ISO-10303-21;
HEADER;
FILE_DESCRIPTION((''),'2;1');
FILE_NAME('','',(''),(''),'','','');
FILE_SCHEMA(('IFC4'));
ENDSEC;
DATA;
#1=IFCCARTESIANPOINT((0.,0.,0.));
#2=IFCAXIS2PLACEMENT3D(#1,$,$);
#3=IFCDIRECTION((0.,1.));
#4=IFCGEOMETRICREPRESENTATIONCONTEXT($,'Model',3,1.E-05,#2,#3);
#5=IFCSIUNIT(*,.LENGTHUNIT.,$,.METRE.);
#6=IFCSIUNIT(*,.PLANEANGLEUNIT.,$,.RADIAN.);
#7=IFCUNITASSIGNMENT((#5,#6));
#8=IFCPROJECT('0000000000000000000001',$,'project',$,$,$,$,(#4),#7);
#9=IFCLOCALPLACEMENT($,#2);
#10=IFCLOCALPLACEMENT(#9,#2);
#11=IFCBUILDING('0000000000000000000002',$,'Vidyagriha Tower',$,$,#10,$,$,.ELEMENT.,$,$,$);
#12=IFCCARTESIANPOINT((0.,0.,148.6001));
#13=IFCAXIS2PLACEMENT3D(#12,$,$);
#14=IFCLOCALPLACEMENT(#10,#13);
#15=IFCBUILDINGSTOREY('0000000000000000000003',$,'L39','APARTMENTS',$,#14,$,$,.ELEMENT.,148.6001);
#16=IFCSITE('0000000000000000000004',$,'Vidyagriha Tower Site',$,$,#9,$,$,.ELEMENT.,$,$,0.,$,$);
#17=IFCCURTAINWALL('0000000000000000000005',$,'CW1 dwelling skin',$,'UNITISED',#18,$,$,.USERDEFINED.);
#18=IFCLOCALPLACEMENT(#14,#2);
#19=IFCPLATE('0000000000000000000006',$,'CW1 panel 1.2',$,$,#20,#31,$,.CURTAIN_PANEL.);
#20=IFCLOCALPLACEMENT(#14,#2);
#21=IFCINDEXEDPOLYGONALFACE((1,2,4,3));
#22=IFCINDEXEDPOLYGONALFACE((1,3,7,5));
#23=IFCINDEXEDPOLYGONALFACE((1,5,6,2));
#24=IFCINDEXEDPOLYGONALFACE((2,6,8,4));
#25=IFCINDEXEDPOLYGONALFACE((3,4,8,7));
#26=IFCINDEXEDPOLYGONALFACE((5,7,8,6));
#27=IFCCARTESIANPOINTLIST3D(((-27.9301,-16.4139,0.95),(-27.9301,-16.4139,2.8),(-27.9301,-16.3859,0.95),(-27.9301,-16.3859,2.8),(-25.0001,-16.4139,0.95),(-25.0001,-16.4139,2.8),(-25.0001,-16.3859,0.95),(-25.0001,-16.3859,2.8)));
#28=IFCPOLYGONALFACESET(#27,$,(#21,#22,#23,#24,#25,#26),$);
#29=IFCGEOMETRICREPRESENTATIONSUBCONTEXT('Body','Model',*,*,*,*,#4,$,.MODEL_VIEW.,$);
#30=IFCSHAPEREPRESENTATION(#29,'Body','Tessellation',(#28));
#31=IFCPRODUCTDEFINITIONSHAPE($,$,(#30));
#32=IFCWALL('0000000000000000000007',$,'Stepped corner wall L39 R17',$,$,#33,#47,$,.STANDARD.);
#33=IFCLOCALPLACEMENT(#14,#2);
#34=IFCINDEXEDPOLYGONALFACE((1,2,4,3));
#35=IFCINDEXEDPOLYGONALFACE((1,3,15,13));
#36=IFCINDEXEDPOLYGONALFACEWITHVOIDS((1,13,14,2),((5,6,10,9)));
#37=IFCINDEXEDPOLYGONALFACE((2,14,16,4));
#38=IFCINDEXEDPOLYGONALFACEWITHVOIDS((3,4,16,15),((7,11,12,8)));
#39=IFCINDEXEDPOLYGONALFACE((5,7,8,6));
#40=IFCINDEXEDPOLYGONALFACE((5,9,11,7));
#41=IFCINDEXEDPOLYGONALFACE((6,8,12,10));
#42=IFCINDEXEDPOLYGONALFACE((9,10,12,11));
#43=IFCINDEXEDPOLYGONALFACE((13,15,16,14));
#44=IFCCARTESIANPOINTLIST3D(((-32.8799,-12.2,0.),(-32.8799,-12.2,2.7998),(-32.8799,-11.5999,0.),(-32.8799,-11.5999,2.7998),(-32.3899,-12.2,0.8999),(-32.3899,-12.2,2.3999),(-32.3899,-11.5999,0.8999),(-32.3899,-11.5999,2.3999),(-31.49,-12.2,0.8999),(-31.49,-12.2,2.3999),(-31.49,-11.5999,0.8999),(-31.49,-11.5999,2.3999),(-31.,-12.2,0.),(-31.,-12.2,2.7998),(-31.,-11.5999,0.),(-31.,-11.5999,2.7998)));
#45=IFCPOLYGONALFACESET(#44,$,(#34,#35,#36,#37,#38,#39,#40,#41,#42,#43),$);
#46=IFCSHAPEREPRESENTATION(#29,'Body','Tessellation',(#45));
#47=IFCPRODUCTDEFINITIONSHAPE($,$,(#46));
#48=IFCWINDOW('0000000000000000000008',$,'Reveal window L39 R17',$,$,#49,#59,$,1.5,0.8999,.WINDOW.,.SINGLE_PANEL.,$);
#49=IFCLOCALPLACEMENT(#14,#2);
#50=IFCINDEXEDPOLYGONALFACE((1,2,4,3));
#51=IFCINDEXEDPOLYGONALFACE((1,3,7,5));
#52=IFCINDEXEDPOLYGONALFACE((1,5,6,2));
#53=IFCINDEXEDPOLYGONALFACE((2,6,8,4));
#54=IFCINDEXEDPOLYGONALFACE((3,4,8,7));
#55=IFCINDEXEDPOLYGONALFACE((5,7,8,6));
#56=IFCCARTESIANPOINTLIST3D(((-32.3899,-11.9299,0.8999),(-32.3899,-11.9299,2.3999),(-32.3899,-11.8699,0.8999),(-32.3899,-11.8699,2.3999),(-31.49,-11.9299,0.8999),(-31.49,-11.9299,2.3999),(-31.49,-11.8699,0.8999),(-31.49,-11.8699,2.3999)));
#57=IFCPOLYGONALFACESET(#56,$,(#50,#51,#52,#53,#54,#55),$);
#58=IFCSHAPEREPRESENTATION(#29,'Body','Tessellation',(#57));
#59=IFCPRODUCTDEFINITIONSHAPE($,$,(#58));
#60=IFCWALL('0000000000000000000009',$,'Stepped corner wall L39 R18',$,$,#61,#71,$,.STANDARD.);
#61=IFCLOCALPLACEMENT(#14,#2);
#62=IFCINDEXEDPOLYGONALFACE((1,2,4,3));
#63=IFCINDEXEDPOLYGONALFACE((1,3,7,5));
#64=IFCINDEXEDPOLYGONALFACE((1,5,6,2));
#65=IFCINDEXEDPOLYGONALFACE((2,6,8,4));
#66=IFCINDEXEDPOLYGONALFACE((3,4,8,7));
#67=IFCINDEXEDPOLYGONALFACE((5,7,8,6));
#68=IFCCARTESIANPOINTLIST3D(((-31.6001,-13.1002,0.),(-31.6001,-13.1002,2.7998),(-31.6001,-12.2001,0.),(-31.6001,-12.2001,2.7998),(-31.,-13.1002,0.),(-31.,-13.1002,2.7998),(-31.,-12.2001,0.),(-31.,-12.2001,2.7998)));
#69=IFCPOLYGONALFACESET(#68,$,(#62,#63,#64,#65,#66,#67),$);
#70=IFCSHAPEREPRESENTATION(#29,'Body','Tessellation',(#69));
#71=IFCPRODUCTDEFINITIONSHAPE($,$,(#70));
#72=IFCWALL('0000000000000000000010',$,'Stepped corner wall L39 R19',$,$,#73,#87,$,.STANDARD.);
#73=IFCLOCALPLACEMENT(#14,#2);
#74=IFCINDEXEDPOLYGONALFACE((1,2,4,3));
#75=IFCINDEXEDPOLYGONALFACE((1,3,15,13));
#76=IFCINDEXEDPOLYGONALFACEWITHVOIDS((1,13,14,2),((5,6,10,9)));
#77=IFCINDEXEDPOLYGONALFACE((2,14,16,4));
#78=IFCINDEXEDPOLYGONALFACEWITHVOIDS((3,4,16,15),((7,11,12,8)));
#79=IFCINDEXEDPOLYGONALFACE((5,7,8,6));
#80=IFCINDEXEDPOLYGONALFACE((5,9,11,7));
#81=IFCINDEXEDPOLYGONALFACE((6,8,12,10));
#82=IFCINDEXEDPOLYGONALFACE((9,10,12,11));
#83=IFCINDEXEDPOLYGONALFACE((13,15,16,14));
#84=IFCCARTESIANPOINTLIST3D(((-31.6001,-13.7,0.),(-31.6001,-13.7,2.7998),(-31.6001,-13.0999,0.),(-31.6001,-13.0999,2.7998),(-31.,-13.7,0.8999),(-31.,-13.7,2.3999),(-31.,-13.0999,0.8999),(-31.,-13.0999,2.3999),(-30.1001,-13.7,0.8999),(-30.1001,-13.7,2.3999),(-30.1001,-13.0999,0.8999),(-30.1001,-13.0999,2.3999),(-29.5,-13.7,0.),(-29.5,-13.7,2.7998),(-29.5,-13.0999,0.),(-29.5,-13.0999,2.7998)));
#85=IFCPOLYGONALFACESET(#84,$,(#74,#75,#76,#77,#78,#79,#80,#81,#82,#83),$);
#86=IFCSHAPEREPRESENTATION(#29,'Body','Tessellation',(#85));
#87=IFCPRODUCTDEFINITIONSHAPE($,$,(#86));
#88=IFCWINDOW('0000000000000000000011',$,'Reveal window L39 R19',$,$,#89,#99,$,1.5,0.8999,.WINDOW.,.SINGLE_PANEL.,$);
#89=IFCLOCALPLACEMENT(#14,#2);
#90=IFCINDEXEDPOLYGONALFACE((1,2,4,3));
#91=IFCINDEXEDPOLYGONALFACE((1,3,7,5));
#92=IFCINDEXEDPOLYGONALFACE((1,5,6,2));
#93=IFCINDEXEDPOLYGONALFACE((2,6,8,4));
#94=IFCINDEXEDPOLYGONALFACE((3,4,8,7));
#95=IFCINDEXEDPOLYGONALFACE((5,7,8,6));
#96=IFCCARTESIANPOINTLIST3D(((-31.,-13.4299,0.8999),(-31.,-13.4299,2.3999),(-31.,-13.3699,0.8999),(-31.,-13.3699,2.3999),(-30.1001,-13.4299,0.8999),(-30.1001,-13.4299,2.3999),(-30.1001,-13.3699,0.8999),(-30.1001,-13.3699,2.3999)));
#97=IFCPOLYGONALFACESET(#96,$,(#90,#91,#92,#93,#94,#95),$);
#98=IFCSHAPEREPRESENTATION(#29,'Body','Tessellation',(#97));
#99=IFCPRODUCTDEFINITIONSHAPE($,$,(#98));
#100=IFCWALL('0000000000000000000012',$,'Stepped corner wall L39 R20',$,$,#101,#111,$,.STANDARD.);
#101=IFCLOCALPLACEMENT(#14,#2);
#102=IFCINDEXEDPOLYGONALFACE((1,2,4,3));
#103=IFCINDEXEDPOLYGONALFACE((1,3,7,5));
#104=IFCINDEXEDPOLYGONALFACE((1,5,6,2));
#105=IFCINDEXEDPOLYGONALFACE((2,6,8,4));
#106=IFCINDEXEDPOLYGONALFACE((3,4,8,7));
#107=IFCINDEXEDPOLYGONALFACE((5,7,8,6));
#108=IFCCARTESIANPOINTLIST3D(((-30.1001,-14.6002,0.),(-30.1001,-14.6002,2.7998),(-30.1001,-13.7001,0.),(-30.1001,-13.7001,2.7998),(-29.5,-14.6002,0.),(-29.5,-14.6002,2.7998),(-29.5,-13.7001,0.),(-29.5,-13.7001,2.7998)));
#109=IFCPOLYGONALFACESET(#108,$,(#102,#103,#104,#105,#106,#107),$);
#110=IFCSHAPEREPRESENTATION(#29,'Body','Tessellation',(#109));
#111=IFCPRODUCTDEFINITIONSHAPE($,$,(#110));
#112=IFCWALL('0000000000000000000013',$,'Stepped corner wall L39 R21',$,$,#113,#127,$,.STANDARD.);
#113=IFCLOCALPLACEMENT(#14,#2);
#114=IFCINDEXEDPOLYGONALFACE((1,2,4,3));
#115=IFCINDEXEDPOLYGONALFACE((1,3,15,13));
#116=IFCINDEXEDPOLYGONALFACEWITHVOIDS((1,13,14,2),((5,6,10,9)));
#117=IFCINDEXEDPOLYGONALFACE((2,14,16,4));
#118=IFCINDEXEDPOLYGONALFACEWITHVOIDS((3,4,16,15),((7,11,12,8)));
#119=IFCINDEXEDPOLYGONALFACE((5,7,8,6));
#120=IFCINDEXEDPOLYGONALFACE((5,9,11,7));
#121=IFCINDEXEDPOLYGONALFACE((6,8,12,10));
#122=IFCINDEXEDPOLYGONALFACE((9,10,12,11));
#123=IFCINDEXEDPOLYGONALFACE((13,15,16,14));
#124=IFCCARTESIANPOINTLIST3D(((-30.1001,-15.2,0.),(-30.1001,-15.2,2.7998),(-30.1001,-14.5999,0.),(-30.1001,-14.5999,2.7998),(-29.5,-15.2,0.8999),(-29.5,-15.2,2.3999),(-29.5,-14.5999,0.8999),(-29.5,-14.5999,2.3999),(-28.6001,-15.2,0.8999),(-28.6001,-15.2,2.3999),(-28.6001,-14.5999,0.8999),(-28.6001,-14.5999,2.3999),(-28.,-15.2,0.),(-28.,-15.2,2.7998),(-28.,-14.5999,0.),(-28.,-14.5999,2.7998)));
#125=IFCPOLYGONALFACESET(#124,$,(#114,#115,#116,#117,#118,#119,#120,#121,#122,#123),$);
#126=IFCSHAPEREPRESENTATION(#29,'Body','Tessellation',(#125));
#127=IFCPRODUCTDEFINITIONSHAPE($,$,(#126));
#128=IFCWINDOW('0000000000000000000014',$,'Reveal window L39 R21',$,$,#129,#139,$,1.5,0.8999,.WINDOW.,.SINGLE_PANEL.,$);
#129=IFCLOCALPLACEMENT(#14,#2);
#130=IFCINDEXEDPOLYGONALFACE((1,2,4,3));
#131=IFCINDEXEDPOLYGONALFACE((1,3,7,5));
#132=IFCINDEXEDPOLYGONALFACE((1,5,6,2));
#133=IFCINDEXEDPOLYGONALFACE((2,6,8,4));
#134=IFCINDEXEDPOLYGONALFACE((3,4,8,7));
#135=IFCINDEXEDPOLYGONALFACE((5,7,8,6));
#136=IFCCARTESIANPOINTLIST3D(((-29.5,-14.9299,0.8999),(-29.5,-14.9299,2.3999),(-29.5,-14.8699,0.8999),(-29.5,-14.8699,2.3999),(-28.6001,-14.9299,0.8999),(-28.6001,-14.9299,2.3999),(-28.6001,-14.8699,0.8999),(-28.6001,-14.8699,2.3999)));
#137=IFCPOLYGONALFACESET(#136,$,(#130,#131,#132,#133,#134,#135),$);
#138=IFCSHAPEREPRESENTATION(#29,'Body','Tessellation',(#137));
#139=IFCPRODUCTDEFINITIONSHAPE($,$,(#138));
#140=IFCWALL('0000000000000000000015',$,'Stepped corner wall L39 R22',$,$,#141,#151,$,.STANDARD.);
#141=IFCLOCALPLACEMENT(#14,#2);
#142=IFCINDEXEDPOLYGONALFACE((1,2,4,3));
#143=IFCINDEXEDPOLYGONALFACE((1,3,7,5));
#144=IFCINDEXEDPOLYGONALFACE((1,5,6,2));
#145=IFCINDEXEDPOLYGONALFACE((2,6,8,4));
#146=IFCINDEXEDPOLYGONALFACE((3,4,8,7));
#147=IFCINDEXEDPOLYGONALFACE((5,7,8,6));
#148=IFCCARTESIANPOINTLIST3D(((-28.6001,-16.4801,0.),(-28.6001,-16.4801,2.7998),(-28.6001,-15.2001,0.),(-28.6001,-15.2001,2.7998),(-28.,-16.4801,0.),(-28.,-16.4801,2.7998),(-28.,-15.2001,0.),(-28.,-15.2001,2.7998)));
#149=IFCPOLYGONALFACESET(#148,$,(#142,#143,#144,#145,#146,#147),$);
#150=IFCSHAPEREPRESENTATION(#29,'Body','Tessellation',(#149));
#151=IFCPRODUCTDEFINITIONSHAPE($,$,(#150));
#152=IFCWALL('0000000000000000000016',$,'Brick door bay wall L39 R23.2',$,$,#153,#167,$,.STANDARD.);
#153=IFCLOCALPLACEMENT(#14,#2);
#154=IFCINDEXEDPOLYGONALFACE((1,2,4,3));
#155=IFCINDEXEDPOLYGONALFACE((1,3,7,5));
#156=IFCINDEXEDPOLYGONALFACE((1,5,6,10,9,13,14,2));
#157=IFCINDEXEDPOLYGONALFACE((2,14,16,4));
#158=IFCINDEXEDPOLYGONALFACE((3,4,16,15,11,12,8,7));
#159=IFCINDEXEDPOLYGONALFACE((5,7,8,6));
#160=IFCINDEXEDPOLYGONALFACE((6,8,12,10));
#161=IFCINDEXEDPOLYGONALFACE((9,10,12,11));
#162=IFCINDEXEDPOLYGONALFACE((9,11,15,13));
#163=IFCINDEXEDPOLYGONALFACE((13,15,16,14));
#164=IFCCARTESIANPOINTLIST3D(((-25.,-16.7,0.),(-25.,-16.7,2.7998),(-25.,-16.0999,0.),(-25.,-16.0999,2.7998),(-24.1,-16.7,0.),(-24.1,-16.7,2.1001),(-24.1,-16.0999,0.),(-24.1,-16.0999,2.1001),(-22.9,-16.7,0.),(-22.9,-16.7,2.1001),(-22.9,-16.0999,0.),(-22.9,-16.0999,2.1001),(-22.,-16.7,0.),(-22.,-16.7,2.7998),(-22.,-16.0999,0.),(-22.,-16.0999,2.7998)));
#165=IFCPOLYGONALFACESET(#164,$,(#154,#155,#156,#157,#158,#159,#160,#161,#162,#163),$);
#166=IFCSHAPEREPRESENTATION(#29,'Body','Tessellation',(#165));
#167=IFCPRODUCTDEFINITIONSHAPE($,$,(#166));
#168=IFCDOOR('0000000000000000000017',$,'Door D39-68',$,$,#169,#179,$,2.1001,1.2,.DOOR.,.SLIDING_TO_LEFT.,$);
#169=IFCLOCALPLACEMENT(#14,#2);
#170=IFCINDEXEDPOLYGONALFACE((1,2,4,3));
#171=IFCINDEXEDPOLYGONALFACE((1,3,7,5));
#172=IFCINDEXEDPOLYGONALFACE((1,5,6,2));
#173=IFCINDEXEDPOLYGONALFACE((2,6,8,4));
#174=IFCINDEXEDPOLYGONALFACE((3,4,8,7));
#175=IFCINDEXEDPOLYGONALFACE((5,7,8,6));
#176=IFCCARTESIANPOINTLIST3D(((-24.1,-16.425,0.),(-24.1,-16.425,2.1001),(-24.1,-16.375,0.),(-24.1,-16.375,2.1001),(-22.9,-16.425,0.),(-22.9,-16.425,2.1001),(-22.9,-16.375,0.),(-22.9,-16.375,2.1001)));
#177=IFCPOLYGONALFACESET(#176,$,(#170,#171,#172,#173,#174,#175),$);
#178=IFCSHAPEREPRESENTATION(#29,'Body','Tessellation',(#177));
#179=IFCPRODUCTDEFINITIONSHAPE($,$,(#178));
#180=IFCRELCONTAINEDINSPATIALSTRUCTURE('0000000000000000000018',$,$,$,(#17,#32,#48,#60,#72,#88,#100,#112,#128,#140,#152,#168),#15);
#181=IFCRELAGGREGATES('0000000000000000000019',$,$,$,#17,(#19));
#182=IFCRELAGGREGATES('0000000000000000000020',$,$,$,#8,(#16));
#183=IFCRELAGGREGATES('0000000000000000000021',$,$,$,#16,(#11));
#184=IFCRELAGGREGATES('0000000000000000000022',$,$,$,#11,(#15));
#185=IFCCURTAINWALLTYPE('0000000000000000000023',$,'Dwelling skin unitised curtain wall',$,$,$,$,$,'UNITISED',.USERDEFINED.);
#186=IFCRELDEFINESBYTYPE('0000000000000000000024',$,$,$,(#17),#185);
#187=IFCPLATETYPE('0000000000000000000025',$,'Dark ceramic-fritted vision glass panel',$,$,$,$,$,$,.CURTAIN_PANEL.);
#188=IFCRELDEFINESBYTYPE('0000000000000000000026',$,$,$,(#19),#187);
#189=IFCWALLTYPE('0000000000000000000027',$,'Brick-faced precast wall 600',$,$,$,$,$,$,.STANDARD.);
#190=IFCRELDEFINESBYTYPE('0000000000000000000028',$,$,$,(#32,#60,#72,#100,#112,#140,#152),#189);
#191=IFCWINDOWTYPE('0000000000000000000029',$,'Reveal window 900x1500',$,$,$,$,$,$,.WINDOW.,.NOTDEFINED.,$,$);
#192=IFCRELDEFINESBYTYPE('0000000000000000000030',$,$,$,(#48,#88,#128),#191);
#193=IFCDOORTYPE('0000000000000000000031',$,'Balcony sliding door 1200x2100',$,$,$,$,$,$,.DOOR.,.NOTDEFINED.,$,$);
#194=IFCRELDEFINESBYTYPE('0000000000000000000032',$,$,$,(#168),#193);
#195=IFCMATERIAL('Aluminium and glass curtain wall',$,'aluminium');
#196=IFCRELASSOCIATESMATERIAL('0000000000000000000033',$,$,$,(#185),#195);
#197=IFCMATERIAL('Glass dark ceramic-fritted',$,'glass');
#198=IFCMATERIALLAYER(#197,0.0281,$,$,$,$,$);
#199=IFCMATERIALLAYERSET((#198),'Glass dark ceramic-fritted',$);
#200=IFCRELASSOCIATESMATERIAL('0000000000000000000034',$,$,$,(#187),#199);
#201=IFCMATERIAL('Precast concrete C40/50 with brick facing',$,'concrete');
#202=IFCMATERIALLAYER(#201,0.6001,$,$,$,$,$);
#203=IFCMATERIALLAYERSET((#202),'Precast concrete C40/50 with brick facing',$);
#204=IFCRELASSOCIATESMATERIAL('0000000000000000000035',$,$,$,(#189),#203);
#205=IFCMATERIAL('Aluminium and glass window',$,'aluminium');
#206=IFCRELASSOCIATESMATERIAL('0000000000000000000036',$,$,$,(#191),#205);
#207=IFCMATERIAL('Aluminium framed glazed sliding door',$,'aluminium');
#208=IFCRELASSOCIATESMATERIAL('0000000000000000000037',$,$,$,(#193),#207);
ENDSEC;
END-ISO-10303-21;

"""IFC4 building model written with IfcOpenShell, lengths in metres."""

from ifc_helpers import new_model, si_unit, direction, frame, frame_2d, origin, origin_2d, place, context, subcontext, project, spatial, rectangle, extrude, material, layer, layer_set, type_object, element, fill, aggregate, save


model = new_model("IFC4")

# Units and contexts
model_context = context("Model", 3, precision=1e-05, world=origin(), true_north=direction((0.0, 1.0)))
body_context = subcontext(model_context, "Body", "Model", "MODEL_VIEW")
ifc_project = project(units=[si_unit("LENGTHUNIT", "METRE"), si_unit("PLANEANGLEUNIT", "RADIAN")], contexts=[model_context])

# Site, building, storey
site_placement = place(None, origin())
site = spatial("IfcSite", under=ifc_project, at=site_placement, Name="Vidyagriha Tower Site", CompositionType="ELEMENT", RefElevation=0.0)
building_placement = place(site_placement, origin())
building = spatial("IfcBuilding", under=site, at=building_placement, Name="Vidyagriha Tower", CompositionType="ELEMENT")
storey_placement = place(building_placement, frame((0.0, 0.0, 148.6001)))
storey = spatial("IfcBuildingStorey", under=building, at=storey_placement, Name="L39", Description="APARTMENTS", CompositionType="ELEMENT", Elevation=148.6001)

# Shared definitions
ifc_material_1 = material(Name="Aluminium and glass curtain wall", Category="aluminium")
curtain_wall_type = type_object("IfcCurtainWallType", Name="Dwelling skin unitised curtain wall", ElementType="UNITISED", PredefinedType="USERDEFINED", material=ifc_material_1)

# Curtain wall
curtain_wall_1_placement = place(storey_placement, origin())
curtain_wall_1 = element("IfcCurtainWall", 1, at=curtain_wall_1_placement, inside=storey, type_object=curtain_wall_type, Name="CW1 dwelling skin", ObjectType="UNITISED", PredefinedType="USERDEFINED")

# Plate
ifc_material_2 = material(Name="Glass dark ceramic-fritted", Category="glass")
ifc_layer_1 = layer(ifc_material_2, 0.0281)
ifc_layer_set_1 = layer_set([ifc_layer_1], Name="Glass dark ceramic-fritted")
plate_type_1 = type_object("IfcPlateType", Name="Dark ceramic-fritted vision glass panel", PredefinedType="CURTAIN_PANEL", material=ifc_layer_set_1)
plate_1_placement = place(storey_placement, frame((-26.4651, -16.3999, 0.95)))
plate_1 = element("IfcPlate", 2, at=plate_1_placement, type_object=plate_type_1, Name="CW1 panel 1.2", PredefinedType="CURTAIN_PANEL", context=body_context, shape_type="SweptSolid", body=[
    extrude(rectangle(XDim=2.9299, YDim=0.0281, at=origin_2d()), origin(), (0.0, 0.0, 1.0), 1.8501),
])
aggregate(curtain_wall_1, [plate_1])

# Wall, opening, window
ifc_material_3 = material(Name="Precast concrete C40/50 with brick facing", Category="concrete")
ifc_layer_2 = layer(ifc_material_3, 0.6001)
ifc_layer_set_2 = layer_set([ifc_layer_2], Name="Precast concrete C40/50 with brick facing")
wall_type = type_object("IfcWallType", Name="Brick-faced precast wall 600", PredefinedType="STANDARD", material=ifc_layer_set_2)
wall_1_placement = place(storey_placement, frame((-32.8799, -11.8999, 0.0)))
wall_1 = element("IfcWall", 3, at=wall_1_placement, inside=storey, type_object=wall_type, Name="Stepped corner wall L39 R17", PredefinedType="STANDARD", context=body_context, shape_type="SweptSolid", body=[
    extrude(rectangle(XDim=1.8799, YDim=0.6001, at=frame_2d((0.9399, 0.0))), origin(), (0.0, 0.0, 1.0), 2.7998),
])
opening_1_placement = place(wall_1_placement, frame((0.49, 0.0, 0.8999)))
opening_1 = element("IfcOpeningElement", 4, at=opening_1_placement, cuts=wall_1, PredefinedType="OPENING", context=body_context, shape_type="SweptSolid", body=[
    extrude(rectangle(XDim=0.8999, YDim=1.5, at=frame_2d((0.45, 0.75))), frame((0.0, 0.3101, 0.0), z_axis=(0.0, -1.0, 0.0), x_axis=(1.0, 0.0, 0.0)), (0.0, 0.0, 1.0), 0.6201),
])
ifc_material_4 = material(Name="Aluminium and glass window", Category="aluminium")
window_type = type_object("IfcWindowType", Name="Reveal window 900x1500", PartitioningType="NOTDEFINED", PredefinedType="WINDOW", material=ifc_material_4)
window_1_placement = place(opening_1_placement, origin())
window_1 = element("IfcWindow", 5, at=window_1_placement, inside=storey, type_object=window_type, Name="Reveal window L39 R17", OverallHeight=1.5, OverallWidth=0.8999, PartitioningType="SINGLE_PANEL", PredefinedType="WINDOW", context=body_context, shape_type="SweptSolid", body=[
    extrude(rectangle(XDim=0.8999, YDim=1.5, at=frame_2d((0.45, 0.75))), frame((0.0, 0.03, 0.0), z_axis=(0.0, -1.0, 0.0), x_axis=(1.0, 0.0, 0.0)), (0.0, 0.0, 1.0), 0.0601),
])
fill(opening_1, window_1)

# Wall
wall_2_placement = place(storey_placement, frame((-31.3, -12.2, 0.0), z_axis=(0.0, 0.0, 1.0), x_axis=(0.0, -1.0, 0.0)))
element("IfcWall", 6, at=wall_2_placement, inside=storey, type_object=wall_type, Name="Stepped corner wall L39 R18", PredefinedType="STANDARD", context=body_context, shape_type="SweptSolid", body=[
    extrude(rectangle(XDim=0.9001, YDim=0.6001, at=frame_2d((0.4502, 0.0))), origin(), (0.0, 0.0, 1.0), 2.7998),
])

# Wall, opening, window
wall_3_placement = place(storey_placement, frame((-31.6001, -13.3999, 0.0)))
wall_3 = element("IfcWall", 7, at=wall_3_placement, inside=storey, type_object=wall_type, Name="Stepped corner wall L39 R19", PredefinedType="STANDARD", context=body_context, shape_type="SweptSolid", body=[
    extrude(rectangle(XDim=2.1001, YDim=0.6001, at=frame_2d((1.05, 0.0))), origin(), (0.0, 0.0, 1.0), 2.7998),
])
opening_2_placement = place(wall_3_placement, frame((0.6001, 0.0, 0.8999)))
opening_2 = element("IfcOpeningElement", 8, at=opening_2_placement, cuts=wall_3, PredefinedType="OPENING", context=body_context, shape_type="SweptSolid", body=[
    extrude(rectangle(XDim=0.8999, YDim=1.5, at=frame_2d((0.45, 0.75))), frame((0.0, 0.3101, 0.0), z_axis=(0.0, -1.0, 0.0), x_axis=(1.0, 0.0, 0.0)), (0.0, 0.0, 1.0), 0.6201),
])
window_2_placement = place(opening_2_placement, origin())
window_2 = element("IfcWindow", 9, at=window_2_placement, inside=storey, type_object=window_type, Name="Reveal window L39 R19", OverallHeight=1.5, OverallWidth=0.8999, PartitioningType="SINGLE_PANEL", PredefinedType="WINDOW", context=body_context, shape_type="SweptSolid", body=[
    extrude(rectangle(XDim=0.8999, YDim=1.5, at=frame_2d((0.45, 0.75))), frame((0.0, 0.03, 0.0), z_axis=(0.0, -1.0, 0.0), x_axis=(1.0, 0.0, 0.0)), (0.0, 0.0, 1.0), 0.0601),
])
fill(opening_2, window_2)

# Wall
wall_4_placement = place(storey_placement, frame((-29.8, -13.7, 0.0), z_axis=(0.0, 0.0, 1.0), x_axis=(0.0, -1.0, 0.0)))
element("IfcWall", 10, at=wall_4_placement, inside=storey, type_object=wall_type, Name="Stepped corner wall L39 R20", PredefinedType="STANDARD", context=body_context, shape_type="SweptSolid", body=[
    extrude(rectangle(XDim=0.9001, YDim=0.6001, at=frame_2d((0.4502, 0.0))), origin(), (0.0, 0.0, 1.0), 2.7998),
])

# Wall, opening, window
wall_5_placement = place(storey_placement, frame((-30.1001, -14.8999, 0.0)))
wall_5 = element("IfcWall", 11, at=wall_5_placement, inside=storey, type_object=wall_type, Name="Stepped corner wall L39 R21", PredefinedType="STANDARD", context=body_context, shape_type="SweptSolid", body=[
    extrude(rectangle(XDim=2.1001, YDim=0.6001, at=frame_2d((1.05, 0.0))), origin(), (0.0, 0.0, 1.0), 2.7998),
])
opening_3_placement = place(wall_5_placement, frame((0.6001, 0.0, 0.8999)))
opening_3 = element("IfcOpeningElement", 12, at=opening_3_placement, cuts=wall_5, PredefinedType="OPENING", context=body_context, shape_type="SweptSolid", body=[
    extrude(rectangle(XDim=0.8999, YDim=1.5, at=frame_2d((0.45, 0.75))), frame((0.0, 0.3101, 0.0), z_axis=(0.0, -1.0, 0.0), x_axis=(1.0, 0.0, 0.0)), (0.0, 0.0, 1.0), 0.6201),
])
window_3_placement = place(opening_3_placement, origin())
window_3 = element("IfcWindow", 13, at=window_3_placement, inside=storey, type_object=window_type, Name="Reveal window L39 R21", OverallHeight=1.5, OverallWidth=0.8999, PartitioningType="SINGLE_PANEL", PredefinedType="WINDOW", context=body_context, shape_type="SweptSolid", body=[
    extrude(rectangle(XDim=0.8999, YDim=1.5, at=frame_2d((0.45, 0.75))), frame((0.0, 0.03, 0.0), z_axis=(0.0, -1.0, 0.0), x_axis=(1.0, 0.0, 0.0)), (0.0, 0.0, 1.0), 0.0601),
])
fill(opening_3, window_3)

# Wall
wall_6_placement = place(storey_placement, frame((-28.3, -15.2, 0.0), z_axis=(0.0, 0.0, 1.0), x_axis=(0.0, -1.0, 0.0)))
element("IfcWall", 14, at=wall_6_placement, inside=storey, type_object=wall_type, Name="Stepped corner wall L39 R22", PredefinedType="STANDARD", context=body_context, shape_type="SweptSolid", body=[
    extrude(rectangle(XDim=1.28, YDim=0.6001, at=frame_2d((0.6401, 0.0))), origin(), (0.0, 0.0, 1.0), 2.7998),
])

# Wall, opening, door
wall_7_placement = place(storey_placement, frame((-25.0, -16.3999, 0.0)))
wall_7 = element("IfcWall", 15, at=wall_7_placement, inside=storey, type_object=wall_type, Name="Brick door bay wall L39 R23.2", PredefinedType="STANDARD", context=body_context, shape_type="SweptSolid", body=[
    extrude(rectangle(XDim=3.0, YDim=0.6001, at=frame_2d((1.5, 0.0))), origin(), (0.0, 0.0, 1.0), 2.7998),
])
opening_4_placement = place(wall_7_placement, frame((0.8999, 0.0, 0.0)))
opening_4 = element("IfcOpeningElement", 16, at=opening_4_placement, cuts=wall_7, PredefinedType="OPENING", context=body_context, shape_type="SweptSolid", body=[
    extrude(rectangle(XDim=1.2, YDim=2.1001, at=frame_2d((0.6001, 1.05))), frame((0.0, 0.3101, 0.0), z_axis=(0.0, -1.0, 0.0), x_axis=(1.0, 0.0, 0.0)), (0.0, 0.0, 1.0), 0.6201),
])
ifc_material_5 = material(Name="Aluminium framed glazed sliding door", Category="aluminium")
door_type = type_object("IfcDoorType", Name="Balcony sliding door 1200x2100", OperationType="NOTDEFINED", PredefinedType="DOOR", material=ifc_material_5)
door_placement = place(opening_4_placement, origin())
door = element("IfcDoor", 17, at=door_placement, inside=storey, type_object=door_type, Name="Door D39-68", OperationType="SLIDING_TO_LEFT", OverallHeight=2.1001, OverallWidth=1.2, PredefinedType="DOOR", context=body_context, shape_type="SweptSolid", body=[
    extrude(rectangle(XDim=1.2, YDim=2.1001, at=frame_2d((0.6001, 1.05))), frame((0.0, 0.0249, 0.0), z_axis=(0.0, -1.0, 0.0), x_axis=(1.0, 0.0, 0.0)), (0.0, 0.0, 1.0), 0.05),
])
fill(opening_4, door)

save(model, "model.ifc")
